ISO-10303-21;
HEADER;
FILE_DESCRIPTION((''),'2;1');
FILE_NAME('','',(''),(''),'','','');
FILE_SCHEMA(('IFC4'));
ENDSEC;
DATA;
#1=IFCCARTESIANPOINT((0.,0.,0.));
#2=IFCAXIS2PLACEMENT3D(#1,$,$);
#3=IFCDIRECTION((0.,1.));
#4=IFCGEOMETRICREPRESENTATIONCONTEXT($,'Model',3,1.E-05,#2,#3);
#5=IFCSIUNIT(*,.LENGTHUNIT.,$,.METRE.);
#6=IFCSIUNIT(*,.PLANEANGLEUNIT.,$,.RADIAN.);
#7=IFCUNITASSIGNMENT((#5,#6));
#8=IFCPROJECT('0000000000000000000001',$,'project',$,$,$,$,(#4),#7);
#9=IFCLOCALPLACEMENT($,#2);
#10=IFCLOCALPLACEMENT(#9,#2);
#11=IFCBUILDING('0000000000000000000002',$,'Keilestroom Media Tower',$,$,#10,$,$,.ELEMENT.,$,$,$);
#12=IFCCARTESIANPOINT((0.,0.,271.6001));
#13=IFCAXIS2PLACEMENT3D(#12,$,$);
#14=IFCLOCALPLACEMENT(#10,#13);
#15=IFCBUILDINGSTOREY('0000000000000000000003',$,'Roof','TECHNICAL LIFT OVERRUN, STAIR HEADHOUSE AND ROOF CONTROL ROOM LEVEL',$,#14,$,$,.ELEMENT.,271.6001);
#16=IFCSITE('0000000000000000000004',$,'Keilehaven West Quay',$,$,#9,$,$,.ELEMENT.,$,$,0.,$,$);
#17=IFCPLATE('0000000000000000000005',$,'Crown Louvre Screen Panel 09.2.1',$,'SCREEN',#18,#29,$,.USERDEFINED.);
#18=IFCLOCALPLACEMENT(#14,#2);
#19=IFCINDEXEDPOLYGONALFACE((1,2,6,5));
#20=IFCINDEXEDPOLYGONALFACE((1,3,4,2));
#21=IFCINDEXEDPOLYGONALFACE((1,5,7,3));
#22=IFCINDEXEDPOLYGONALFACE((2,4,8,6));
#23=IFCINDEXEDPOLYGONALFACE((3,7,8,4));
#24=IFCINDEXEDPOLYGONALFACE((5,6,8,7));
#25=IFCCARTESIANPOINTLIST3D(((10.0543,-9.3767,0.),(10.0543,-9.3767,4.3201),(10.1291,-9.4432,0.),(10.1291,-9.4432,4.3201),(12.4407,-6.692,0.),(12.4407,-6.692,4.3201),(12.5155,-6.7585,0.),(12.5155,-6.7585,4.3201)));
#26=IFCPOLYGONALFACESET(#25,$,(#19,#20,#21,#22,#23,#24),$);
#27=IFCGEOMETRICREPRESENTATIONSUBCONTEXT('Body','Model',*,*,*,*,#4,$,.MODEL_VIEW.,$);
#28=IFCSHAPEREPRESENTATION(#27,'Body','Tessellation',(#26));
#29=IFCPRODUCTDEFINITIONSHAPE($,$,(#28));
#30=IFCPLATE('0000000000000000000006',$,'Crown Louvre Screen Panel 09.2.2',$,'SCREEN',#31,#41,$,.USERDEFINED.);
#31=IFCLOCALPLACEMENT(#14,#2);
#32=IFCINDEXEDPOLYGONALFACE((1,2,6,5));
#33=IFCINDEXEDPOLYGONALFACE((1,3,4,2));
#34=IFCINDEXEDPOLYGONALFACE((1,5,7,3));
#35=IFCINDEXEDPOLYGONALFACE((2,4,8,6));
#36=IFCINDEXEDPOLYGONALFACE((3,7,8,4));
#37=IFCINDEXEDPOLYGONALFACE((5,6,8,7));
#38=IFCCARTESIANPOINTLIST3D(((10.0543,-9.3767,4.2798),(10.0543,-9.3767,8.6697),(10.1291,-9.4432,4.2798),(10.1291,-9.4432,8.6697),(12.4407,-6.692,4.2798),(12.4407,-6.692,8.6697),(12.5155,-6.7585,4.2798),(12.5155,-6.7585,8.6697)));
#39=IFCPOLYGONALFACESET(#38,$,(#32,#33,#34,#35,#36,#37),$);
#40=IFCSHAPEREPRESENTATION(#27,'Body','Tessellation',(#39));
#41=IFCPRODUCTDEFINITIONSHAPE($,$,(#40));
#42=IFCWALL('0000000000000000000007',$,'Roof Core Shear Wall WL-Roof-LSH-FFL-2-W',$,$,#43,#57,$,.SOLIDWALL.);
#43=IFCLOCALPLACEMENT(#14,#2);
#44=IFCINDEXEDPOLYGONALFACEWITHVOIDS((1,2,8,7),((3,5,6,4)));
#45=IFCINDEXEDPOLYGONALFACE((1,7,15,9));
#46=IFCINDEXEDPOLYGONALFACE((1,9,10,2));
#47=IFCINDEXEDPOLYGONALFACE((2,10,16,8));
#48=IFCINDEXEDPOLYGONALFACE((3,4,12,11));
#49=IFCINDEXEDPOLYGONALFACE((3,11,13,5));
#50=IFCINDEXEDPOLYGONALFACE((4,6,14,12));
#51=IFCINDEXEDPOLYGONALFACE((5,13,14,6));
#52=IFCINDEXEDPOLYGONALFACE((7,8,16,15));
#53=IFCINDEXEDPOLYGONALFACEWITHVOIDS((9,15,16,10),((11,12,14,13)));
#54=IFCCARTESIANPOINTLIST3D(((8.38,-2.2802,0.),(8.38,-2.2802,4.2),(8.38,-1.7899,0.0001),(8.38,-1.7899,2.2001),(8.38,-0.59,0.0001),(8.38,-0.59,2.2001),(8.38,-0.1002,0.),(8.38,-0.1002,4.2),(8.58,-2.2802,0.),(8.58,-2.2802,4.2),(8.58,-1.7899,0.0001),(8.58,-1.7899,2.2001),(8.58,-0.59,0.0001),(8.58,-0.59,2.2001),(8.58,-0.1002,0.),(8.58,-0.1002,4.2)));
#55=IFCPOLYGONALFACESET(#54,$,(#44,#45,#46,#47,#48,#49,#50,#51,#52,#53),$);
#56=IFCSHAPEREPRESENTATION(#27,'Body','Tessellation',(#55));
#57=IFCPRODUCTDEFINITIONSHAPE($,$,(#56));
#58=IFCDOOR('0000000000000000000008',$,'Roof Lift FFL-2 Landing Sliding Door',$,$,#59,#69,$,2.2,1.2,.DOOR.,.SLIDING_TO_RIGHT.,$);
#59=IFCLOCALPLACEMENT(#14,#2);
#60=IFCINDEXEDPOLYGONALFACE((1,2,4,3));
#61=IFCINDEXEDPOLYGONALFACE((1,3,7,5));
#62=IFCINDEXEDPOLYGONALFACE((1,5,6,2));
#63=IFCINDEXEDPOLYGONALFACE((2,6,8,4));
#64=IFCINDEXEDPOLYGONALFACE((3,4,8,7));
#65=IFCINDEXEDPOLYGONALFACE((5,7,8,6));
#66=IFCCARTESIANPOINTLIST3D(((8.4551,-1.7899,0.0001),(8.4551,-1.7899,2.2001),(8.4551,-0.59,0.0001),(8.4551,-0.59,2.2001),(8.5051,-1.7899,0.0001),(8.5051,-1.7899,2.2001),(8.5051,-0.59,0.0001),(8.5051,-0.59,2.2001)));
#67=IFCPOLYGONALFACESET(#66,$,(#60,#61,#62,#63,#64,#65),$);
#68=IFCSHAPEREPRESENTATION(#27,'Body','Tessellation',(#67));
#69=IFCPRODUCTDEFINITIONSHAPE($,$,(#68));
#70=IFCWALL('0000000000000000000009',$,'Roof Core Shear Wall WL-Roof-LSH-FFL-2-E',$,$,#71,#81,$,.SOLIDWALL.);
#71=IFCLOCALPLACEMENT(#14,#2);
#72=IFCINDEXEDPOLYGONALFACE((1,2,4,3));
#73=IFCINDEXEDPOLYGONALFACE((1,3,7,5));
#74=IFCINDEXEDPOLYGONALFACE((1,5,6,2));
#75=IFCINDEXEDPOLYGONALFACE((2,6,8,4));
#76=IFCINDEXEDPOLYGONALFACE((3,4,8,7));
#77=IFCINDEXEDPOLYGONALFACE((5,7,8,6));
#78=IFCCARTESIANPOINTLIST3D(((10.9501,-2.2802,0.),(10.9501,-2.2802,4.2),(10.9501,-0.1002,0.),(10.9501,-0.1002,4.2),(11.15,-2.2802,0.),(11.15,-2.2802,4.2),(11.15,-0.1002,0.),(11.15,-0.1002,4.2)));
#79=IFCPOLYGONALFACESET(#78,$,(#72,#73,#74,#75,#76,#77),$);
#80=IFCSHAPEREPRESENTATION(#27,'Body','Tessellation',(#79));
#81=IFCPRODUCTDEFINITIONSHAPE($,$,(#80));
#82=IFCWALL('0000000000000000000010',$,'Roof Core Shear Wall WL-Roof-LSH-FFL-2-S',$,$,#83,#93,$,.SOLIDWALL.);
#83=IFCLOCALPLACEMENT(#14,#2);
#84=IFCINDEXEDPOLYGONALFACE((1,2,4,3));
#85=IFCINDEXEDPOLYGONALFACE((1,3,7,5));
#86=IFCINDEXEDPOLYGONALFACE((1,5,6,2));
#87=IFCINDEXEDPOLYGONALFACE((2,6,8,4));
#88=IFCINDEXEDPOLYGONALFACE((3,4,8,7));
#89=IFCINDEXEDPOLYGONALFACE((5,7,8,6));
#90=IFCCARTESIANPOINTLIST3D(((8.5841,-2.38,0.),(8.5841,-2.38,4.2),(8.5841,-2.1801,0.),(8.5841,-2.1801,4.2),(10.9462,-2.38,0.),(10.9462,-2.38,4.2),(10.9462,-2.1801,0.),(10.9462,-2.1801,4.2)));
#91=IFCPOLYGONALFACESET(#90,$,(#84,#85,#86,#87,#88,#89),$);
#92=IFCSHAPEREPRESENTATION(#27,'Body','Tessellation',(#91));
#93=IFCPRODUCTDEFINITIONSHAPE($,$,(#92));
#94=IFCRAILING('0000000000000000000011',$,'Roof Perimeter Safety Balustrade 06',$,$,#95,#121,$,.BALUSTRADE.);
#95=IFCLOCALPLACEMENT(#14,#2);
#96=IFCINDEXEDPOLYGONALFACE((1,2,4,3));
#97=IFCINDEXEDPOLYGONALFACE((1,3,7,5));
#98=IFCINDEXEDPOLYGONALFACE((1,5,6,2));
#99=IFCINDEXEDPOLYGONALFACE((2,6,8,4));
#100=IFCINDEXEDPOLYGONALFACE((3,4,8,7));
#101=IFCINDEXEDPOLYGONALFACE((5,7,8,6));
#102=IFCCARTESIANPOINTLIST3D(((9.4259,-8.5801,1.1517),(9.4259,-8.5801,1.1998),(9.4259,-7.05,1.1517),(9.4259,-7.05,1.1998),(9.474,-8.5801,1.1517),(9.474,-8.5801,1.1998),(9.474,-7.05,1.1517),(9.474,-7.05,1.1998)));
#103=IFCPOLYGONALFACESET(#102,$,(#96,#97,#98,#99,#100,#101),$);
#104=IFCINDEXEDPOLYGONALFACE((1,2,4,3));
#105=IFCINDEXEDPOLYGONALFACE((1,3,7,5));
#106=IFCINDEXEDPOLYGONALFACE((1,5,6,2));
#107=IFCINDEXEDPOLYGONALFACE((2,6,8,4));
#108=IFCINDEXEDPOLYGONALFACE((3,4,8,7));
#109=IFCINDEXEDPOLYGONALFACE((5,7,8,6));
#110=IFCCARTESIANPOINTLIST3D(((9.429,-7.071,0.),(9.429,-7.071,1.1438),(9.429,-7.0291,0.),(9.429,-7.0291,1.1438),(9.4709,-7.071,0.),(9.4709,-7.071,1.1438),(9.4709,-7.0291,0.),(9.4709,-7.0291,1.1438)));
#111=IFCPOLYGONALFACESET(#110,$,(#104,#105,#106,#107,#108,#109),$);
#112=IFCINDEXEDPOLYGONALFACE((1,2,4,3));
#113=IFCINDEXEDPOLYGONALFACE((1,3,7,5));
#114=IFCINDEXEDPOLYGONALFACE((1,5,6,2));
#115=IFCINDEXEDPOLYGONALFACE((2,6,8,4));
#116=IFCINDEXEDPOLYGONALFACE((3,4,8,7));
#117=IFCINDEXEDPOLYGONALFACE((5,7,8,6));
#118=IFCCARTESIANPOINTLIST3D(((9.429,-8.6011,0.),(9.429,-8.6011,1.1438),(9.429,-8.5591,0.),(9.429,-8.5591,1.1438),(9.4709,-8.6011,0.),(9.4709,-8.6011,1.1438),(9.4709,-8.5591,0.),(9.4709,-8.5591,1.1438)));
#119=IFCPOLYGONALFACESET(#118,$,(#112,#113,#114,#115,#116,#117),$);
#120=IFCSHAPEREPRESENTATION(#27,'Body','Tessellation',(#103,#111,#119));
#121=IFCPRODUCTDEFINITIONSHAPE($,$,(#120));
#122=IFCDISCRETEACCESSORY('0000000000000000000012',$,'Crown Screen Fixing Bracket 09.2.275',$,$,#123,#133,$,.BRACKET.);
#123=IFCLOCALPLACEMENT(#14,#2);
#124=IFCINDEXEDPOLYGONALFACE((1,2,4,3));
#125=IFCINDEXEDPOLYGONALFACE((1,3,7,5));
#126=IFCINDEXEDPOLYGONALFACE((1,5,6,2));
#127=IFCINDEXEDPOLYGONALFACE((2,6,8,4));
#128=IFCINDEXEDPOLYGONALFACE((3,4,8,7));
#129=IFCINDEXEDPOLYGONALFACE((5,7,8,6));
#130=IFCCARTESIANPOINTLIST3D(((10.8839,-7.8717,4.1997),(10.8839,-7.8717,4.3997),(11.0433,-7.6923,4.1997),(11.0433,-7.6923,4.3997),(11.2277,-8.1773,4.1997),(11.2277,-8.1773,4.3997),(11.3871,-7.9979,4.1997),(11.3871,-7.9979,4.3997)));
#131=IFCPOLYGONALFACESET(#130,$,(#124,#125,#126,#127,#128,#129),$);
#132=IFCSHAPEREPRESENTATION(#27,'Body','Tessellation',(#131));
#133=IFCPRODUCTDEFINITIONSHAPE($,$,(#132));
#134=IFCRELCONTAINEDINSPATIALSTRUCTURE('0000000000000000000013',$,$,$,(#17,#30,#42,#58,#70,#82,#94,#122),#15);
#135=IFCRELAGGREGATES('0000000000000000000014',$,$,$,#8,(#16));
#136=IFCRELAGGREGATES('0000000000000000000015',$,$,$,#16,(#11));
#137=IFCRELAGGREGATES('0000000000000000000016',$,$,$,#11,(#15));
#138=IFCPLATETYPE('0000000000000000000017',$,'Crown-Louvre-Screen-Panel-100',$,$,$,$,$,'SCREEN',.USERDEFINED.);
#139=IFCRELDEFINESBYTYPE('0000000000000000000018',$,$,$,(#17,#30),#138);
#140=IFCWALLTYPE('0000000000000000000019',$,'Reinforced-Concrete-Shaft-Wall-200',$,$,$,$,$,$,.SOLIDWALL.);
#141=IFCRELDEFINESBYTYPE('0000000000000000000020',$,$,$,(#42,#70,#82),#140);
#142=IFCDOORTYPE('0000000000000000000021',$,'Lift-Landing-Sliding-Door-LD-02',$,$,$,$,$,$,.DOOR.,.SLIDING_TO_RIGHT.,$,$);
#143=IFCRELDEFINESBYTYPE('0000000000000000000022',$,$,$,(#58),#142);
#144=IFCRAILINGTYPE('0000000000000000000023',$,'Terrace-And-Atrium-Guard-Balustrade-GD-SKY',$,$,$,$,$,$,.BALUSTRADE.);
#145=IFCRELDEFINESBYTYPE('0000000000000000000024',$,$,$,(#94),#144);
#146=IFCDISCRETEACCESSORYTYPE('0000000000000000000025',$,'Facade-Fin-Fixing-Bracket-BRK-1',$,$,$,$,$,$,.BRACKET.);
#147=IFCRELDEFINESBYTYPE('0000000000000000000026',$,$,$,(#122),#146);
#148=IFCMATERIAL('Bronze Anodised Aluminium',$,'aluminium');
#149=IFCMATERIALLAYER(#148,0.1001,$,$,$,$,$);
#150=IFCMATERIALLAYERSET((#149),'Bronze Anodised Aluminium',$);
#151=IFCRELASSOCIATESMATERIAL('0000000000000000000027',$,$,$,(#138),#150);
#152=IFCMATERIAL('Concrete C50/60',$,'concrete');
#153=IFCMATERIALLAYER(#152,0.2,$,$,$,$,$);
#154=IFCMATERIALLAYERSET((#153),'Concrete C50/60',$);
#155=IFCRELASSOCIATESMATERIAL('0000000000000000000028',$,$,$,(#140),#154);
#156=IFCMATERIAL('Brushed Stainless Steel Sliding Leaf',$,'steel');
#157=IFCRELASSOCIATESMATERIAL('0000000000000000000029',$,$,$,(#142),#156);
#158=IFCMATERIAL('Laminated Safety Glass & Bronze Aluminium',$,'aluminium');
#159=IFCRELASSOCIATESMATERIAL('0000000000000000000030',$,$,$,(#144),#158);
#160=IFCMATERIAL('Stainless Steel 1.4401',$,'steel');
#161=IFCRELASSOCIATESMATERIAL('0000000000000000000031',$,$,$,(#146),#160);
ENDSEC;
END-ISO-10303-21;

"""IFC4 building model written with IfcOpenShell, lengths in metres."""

from ifc_helpers import new_model, si_unit, direction, frame, frame_2d, origin, origin_2d, place, context, subcontext, project, spatial, rectangle, extrude, source, transform, mapped, material, layer, layer_set, type_object, element, fill, save


model = new_model("IFC4")

# Units and contexts
model_context = context("Model", 3, precision=1e-05, world=origin(), true_north=direction((0.0, 1.0)))
body_context = subcontext(model_context, "Body", "Model", "MODEL_VIEW")
ifc_project = project(units=[si_unit("LENGTHUNIT", "METRE"), si_unit("PLANEANGLEUNIT", "RADIAN")], contexts=[model_context])

# Site, building, storey
site_placement = place(None, origin())
site = spatial("IfcSite", under=ifc_project, at=site_placement, Name="Keilehaven West Quay", CompositionType="ELEMENT", RefElevation=0.0)
building_placement = place(site_placement, origin())
building = spatial("IfcBuilding", under=site, at=building_placement, Name="Keilestroom Media Tower", CompositionType="ELEMENT")
storey_placement = place(building_placement, frame((0.0, 0.0, 271.6001)))
storey = spatial("IfcBuildingStorey", under=building, at=storey_placement, Name="Roof", Description="TECHNICAL LIFT OVERRUN, STAIR HEADHOUSE AND ROOF CONTROL ROOM LEVEL", CompositionType="ELEMENT", Elevation=271.6001)

# Plates
ifc_material_1 = material(Name="Bronze Anodised Aluminium", Category="aluminium")
ifc_layer_1 = layer(ifc_material_1, 0.1001)
ifc_layer_set_1 = layer_set([ifc_layer_1], Name="Bronze Anodised Aluminium")
plate_type = type_object("IfcPlateType", Name="Crown-Louvre-Screen-Panel-100", ElementType="SCREEN", PredefinedType="USERDEFINED", material=ifc_layer_set_1)
shared_shape_1 = source(origin(), body_context, "Body", "SweptSolid", [
    extrude(rectangle(XDim=3.592, YDim=0.1001, at=origin_2d()), origin(), (0.0, 0.0, 1.0), 4.3201),
])
plate_1_placement = place(storey_placement, frame((11.2849, -8.0676, 0.0), z_axis=(0.0, 0.0, 1.0), x_axis=(-0.664363, -0.74741, 0.0)))
element("IfcPlate", 1, at=plate_1_placement, inside=storey, type_object=plate_type, Name="Crown Louvre Screen Panel 09.2.1", ObjectType="SCREEN", PredefinedType="USERDEFINED", context=body_context, shape_type="MappedRepresentation", body=[
    mapped(shared_shape_1, transform((0.0, 0.0, 0.0), x_axis=(1.0, 0.0, 0.0), y_axis=(0.0, 1.0, 0.0), z_axis=(0.0, 0.0, 1.0), scale=1.0)),
])
shared_shape_2 = source(origin(), body_context, "Body", "SweptSolid", [
    extrude(rectangle(XDim=3.592, YDim=0.1001, at=origin_2d()), origin(), (0.0, 0.0, 1.0), 4.3899),
])
plate_2_placement = place(storey_placement, frame((11.2849, -8.0676, 4.2798), z_axis=(0.0, 0.0, 1.0), x_axis=(-0.664363, -0.74741, 0.0)))
element("IfcPlate", 2, at=plate_2_placement, inside=storey, type_object=plate_type, Name="Crown Louvre Screen Panel 09.2.2", ObjectType="SCREEN", PredefinedType="USERDEFINED", context=body_context, shape_type="MappedRepresentation", body=[
    mapped(shared_shape_2, transform((0.0, 0.0, 0.0), x_axis=(1.0, 0.0, 0.0), y_axis=(0.0, 1.0, 0.0), z_axis=(0.0, 0.0, 1.0), scale=1.0)),
])

# Wall, opening, door
ifc_material_2 = material(Name="Concrete C50/60", Category="concrete")
ifc_layer_2 = layer(ifc_material_2, 0.2)
ifc_layer_set_2 = layer_set([ifc_layer_2], Name="Concrete C50/60")
wall_type = type_object("IfcWallType", Name="Reinforced-Concrete-Shaft-Wall-200", PredefinedType="SOLIDWALL", material=ifc_layer_set_2)
wall_1_placement = place(storey_placement, frame((8.48, -2.28, 0.0), z_axis=(0.0, 0.0, 1.0), x_axis=(0.0, 1.0, 0.0)))
wall_1 = element("IfcWall", 3, at=wall_1_placement, inside=storey, type_object=wall_type, Name="Roof Core Shear Wall WL-Roof-LSH-FFL-2-W", PredefinedType="SOLIDWALL", context=body_context, shape_type="SweptSolid", body=[
    extrude(rectangle(XDim=2.1799, YDim=0.2, at=frame_2d((1.0898, 0.0))), origin(), (0.0, 0.0, 1.0), 4.2),
])
opening_placement = place(wall_1_placement, frame((0.49, 0.0, 0.0)))
opening = element("IfcOpeningElement", 4, at=opening_placement, cuts=wall_1, PredefinedType="OPENING", context=body_context, shape_type="SweptSolid", body=[
    extrude(rectangle(XDim=1.2, YDim=2.2, at=frame_2d((0.6001, 1.1001))), frame((0.0, 0.1099, 0.0), z_axis=(0.0, -1.0, 0.0), x_axis=(1.0, 0.0, 0.0)), (0.0, 0.0, 1.0), 0.22),
])
ifc_material_3 = material(Name="Brushed Stainless Steel Sliding Leaf", Category="steel")
door_type = type_object("IfcDoorType", Name="Lift-Landing-Sliding-Door-LD-02", OperationType="SLIDING_TO_RIGHT", PredefinedType="DOOR", material=ifc_material_3)
shared_shape_3 = source(origin(), body_context, "Body", "SweptSolid", [
    extrude(rectangle(XDim=1.2, YDim=2.2, at=frame_2d((0.6001, 1.1001))), frame((0.0, 0.0249, 0.0), z_axis=(0.0, -1.0, 0.0), x_axis=(1.0, 0.0, 0.0)), (0.0, 0.0, 1.0), 0.05),
])
door_placement = place(opening_placement, origin())
door = element("IfcDoor", 5, at=door_placement, inside=storey, type_object=door_type, Name="Roof Lift FFL-2 Landing Sliding Door", OperationType="SLIDING_TO_RIGHT", OverallHeight=2.2, OverallWidth=1.2, PredefinedType="DOOR", context=body_context, shape_type="MappedRepresentation", body=[
    mapped(shared_shape_3, transform((0.0, 0.0, 0.0), x_axis=(1.0, 0.0, 0.0), y_axis=(0.0, 1.0, 0.0), z_axis=(0.0, 0.0, 1.0), scale=1.0)),
])
fill(opening, door)

# Walls
wall_2_placement = place(storey_placement, frame((11.05, -2.28, 0.0), z_axis=(0.0, 0.0, 1.0), x_axis=(0.0, 1.0, 0.0)))
element("IfcWall", 6, at=wall_2_placement, inside=storey, type_object=wall_type, Name="Roof Core Shear Wall WL-Roof-LSH-FFL-2-E", PredefinedType="SOLIDWALL", context=body_context, shape_type="SweptSolid", body=[
    extrude(rectangle(XDim=2.1799, YDim=0.2, at=frame_2d((1.0898, 0.0))), origin(), (0.0, 0.0, 1.0), 4.2),
])
wall_3_placement = place(storey_placement, frame((8.584, -2.28, 0.0), z_axis=(0.0, 0.0, 1.0), x_axis=(1.0, 0.0, 0.0)))
element("IfcWall", 7, at=wall_3_placement, inside=storey, type_object=wall_type, Name="Roof Core Shear Wall WL-Roof-LSH-FFL-2-S", PredefinedType="SOLIDWALL", context=body_context, shape_type="SweptSolid", body=[
    extrude(rectangle(XDim=2.3621, YDim=0.2, at=frame_2d((1.1812, 0.0))), origin(), (0.0, 0.0, 1.0), 4.2),
])

# Railing
ifc_material_4 = material(Name="Laminated Safety Glass & Bronze Aluminium", Category="aluminium")
railing_type = type_object("IfcRailingType", Name="Terrace-And-Atrium-Guard-Balustrade-GD-SKY", PredefinedType="BALUSTRADE", material=ifc_material_4)
railing_placement = place(storey_placement, frame((9.45, -7.05, 0.0)))
element("IfcRailing", 8, at=railing_placement, inside=storey, type_object=railing_type, Name="Roof Perimeter Safety Balustrade 06", PredefinedType="BALUSTRADE", context=body_context, shape_type="SweptSolid", body=[
    extrude(rectangle(XDim=0.0481, YDim=0.0481, at=origin_2d()), frame((0.0, 0.0, 1.1758), z_axis=(0.0, -1.0, 0.0), x_axis=(1.0, 0.0, 0.0)), (0.0, 0.0, 1.0), 1.53),
    extrude(rectangle(XDim=0.042, YDim=0.042, at=origin_2d()), origin(), (0.0, 0.0, 1.0), 1.1438),
    extrude(rectangle(XDim=0.042, YDim=0.042, at=origin_2d()), frame((0.0, -1.53, 0.0)), (0.0, 0.0, 1.0), 1.1438),
])

# Discrete accessory
ifc_material_5 = material(Name="Stainless Steel 1.4401", Category="steel")
discrete_accessory_type = type_object("IfcDiscreteAccessoryType", Name="Facade-Fin-Fixing-Bracket-BRK-1", PredefinedType="BRACKET", material=ifc_material_5)
shared_shape_4 = source(origin(), body_context, "Body", "SweptSolid", [
    extrude(rectangle(XDim=0.24, YDim=0.46, at=origin_2d()), origin(), (0.0, 0.0, 1.0), 0.2),
])
discrete_accessory_placement = place(storey_placement, frame((11.1355, -7.9348, 4.1997), z_axis=(0.0, 0.0, 1.0), x_axis=(-0.664363, -0.74741, 0.0)))
element("IfcDiscreteAccessory", 9, at=discrete_accessory_placement, inside=storey, type_object=discrete_accessory_type, Name="Crown Screen Fixing Bracket 09.2.275", PredefinedType="BRACKET", context=body_context, shape_type="MappedRepresentation", body=[
    mapped(shared_shape_4, transform((0.0, 0.0, 0.0), x_axis=(1.0, 0.0, 0.0), y_axis=(0.0, 1.0, 0.0), z_axis=(0.0, 0.0, 1.0), scale=1.0)),
])

save(model, "model.ifc")
